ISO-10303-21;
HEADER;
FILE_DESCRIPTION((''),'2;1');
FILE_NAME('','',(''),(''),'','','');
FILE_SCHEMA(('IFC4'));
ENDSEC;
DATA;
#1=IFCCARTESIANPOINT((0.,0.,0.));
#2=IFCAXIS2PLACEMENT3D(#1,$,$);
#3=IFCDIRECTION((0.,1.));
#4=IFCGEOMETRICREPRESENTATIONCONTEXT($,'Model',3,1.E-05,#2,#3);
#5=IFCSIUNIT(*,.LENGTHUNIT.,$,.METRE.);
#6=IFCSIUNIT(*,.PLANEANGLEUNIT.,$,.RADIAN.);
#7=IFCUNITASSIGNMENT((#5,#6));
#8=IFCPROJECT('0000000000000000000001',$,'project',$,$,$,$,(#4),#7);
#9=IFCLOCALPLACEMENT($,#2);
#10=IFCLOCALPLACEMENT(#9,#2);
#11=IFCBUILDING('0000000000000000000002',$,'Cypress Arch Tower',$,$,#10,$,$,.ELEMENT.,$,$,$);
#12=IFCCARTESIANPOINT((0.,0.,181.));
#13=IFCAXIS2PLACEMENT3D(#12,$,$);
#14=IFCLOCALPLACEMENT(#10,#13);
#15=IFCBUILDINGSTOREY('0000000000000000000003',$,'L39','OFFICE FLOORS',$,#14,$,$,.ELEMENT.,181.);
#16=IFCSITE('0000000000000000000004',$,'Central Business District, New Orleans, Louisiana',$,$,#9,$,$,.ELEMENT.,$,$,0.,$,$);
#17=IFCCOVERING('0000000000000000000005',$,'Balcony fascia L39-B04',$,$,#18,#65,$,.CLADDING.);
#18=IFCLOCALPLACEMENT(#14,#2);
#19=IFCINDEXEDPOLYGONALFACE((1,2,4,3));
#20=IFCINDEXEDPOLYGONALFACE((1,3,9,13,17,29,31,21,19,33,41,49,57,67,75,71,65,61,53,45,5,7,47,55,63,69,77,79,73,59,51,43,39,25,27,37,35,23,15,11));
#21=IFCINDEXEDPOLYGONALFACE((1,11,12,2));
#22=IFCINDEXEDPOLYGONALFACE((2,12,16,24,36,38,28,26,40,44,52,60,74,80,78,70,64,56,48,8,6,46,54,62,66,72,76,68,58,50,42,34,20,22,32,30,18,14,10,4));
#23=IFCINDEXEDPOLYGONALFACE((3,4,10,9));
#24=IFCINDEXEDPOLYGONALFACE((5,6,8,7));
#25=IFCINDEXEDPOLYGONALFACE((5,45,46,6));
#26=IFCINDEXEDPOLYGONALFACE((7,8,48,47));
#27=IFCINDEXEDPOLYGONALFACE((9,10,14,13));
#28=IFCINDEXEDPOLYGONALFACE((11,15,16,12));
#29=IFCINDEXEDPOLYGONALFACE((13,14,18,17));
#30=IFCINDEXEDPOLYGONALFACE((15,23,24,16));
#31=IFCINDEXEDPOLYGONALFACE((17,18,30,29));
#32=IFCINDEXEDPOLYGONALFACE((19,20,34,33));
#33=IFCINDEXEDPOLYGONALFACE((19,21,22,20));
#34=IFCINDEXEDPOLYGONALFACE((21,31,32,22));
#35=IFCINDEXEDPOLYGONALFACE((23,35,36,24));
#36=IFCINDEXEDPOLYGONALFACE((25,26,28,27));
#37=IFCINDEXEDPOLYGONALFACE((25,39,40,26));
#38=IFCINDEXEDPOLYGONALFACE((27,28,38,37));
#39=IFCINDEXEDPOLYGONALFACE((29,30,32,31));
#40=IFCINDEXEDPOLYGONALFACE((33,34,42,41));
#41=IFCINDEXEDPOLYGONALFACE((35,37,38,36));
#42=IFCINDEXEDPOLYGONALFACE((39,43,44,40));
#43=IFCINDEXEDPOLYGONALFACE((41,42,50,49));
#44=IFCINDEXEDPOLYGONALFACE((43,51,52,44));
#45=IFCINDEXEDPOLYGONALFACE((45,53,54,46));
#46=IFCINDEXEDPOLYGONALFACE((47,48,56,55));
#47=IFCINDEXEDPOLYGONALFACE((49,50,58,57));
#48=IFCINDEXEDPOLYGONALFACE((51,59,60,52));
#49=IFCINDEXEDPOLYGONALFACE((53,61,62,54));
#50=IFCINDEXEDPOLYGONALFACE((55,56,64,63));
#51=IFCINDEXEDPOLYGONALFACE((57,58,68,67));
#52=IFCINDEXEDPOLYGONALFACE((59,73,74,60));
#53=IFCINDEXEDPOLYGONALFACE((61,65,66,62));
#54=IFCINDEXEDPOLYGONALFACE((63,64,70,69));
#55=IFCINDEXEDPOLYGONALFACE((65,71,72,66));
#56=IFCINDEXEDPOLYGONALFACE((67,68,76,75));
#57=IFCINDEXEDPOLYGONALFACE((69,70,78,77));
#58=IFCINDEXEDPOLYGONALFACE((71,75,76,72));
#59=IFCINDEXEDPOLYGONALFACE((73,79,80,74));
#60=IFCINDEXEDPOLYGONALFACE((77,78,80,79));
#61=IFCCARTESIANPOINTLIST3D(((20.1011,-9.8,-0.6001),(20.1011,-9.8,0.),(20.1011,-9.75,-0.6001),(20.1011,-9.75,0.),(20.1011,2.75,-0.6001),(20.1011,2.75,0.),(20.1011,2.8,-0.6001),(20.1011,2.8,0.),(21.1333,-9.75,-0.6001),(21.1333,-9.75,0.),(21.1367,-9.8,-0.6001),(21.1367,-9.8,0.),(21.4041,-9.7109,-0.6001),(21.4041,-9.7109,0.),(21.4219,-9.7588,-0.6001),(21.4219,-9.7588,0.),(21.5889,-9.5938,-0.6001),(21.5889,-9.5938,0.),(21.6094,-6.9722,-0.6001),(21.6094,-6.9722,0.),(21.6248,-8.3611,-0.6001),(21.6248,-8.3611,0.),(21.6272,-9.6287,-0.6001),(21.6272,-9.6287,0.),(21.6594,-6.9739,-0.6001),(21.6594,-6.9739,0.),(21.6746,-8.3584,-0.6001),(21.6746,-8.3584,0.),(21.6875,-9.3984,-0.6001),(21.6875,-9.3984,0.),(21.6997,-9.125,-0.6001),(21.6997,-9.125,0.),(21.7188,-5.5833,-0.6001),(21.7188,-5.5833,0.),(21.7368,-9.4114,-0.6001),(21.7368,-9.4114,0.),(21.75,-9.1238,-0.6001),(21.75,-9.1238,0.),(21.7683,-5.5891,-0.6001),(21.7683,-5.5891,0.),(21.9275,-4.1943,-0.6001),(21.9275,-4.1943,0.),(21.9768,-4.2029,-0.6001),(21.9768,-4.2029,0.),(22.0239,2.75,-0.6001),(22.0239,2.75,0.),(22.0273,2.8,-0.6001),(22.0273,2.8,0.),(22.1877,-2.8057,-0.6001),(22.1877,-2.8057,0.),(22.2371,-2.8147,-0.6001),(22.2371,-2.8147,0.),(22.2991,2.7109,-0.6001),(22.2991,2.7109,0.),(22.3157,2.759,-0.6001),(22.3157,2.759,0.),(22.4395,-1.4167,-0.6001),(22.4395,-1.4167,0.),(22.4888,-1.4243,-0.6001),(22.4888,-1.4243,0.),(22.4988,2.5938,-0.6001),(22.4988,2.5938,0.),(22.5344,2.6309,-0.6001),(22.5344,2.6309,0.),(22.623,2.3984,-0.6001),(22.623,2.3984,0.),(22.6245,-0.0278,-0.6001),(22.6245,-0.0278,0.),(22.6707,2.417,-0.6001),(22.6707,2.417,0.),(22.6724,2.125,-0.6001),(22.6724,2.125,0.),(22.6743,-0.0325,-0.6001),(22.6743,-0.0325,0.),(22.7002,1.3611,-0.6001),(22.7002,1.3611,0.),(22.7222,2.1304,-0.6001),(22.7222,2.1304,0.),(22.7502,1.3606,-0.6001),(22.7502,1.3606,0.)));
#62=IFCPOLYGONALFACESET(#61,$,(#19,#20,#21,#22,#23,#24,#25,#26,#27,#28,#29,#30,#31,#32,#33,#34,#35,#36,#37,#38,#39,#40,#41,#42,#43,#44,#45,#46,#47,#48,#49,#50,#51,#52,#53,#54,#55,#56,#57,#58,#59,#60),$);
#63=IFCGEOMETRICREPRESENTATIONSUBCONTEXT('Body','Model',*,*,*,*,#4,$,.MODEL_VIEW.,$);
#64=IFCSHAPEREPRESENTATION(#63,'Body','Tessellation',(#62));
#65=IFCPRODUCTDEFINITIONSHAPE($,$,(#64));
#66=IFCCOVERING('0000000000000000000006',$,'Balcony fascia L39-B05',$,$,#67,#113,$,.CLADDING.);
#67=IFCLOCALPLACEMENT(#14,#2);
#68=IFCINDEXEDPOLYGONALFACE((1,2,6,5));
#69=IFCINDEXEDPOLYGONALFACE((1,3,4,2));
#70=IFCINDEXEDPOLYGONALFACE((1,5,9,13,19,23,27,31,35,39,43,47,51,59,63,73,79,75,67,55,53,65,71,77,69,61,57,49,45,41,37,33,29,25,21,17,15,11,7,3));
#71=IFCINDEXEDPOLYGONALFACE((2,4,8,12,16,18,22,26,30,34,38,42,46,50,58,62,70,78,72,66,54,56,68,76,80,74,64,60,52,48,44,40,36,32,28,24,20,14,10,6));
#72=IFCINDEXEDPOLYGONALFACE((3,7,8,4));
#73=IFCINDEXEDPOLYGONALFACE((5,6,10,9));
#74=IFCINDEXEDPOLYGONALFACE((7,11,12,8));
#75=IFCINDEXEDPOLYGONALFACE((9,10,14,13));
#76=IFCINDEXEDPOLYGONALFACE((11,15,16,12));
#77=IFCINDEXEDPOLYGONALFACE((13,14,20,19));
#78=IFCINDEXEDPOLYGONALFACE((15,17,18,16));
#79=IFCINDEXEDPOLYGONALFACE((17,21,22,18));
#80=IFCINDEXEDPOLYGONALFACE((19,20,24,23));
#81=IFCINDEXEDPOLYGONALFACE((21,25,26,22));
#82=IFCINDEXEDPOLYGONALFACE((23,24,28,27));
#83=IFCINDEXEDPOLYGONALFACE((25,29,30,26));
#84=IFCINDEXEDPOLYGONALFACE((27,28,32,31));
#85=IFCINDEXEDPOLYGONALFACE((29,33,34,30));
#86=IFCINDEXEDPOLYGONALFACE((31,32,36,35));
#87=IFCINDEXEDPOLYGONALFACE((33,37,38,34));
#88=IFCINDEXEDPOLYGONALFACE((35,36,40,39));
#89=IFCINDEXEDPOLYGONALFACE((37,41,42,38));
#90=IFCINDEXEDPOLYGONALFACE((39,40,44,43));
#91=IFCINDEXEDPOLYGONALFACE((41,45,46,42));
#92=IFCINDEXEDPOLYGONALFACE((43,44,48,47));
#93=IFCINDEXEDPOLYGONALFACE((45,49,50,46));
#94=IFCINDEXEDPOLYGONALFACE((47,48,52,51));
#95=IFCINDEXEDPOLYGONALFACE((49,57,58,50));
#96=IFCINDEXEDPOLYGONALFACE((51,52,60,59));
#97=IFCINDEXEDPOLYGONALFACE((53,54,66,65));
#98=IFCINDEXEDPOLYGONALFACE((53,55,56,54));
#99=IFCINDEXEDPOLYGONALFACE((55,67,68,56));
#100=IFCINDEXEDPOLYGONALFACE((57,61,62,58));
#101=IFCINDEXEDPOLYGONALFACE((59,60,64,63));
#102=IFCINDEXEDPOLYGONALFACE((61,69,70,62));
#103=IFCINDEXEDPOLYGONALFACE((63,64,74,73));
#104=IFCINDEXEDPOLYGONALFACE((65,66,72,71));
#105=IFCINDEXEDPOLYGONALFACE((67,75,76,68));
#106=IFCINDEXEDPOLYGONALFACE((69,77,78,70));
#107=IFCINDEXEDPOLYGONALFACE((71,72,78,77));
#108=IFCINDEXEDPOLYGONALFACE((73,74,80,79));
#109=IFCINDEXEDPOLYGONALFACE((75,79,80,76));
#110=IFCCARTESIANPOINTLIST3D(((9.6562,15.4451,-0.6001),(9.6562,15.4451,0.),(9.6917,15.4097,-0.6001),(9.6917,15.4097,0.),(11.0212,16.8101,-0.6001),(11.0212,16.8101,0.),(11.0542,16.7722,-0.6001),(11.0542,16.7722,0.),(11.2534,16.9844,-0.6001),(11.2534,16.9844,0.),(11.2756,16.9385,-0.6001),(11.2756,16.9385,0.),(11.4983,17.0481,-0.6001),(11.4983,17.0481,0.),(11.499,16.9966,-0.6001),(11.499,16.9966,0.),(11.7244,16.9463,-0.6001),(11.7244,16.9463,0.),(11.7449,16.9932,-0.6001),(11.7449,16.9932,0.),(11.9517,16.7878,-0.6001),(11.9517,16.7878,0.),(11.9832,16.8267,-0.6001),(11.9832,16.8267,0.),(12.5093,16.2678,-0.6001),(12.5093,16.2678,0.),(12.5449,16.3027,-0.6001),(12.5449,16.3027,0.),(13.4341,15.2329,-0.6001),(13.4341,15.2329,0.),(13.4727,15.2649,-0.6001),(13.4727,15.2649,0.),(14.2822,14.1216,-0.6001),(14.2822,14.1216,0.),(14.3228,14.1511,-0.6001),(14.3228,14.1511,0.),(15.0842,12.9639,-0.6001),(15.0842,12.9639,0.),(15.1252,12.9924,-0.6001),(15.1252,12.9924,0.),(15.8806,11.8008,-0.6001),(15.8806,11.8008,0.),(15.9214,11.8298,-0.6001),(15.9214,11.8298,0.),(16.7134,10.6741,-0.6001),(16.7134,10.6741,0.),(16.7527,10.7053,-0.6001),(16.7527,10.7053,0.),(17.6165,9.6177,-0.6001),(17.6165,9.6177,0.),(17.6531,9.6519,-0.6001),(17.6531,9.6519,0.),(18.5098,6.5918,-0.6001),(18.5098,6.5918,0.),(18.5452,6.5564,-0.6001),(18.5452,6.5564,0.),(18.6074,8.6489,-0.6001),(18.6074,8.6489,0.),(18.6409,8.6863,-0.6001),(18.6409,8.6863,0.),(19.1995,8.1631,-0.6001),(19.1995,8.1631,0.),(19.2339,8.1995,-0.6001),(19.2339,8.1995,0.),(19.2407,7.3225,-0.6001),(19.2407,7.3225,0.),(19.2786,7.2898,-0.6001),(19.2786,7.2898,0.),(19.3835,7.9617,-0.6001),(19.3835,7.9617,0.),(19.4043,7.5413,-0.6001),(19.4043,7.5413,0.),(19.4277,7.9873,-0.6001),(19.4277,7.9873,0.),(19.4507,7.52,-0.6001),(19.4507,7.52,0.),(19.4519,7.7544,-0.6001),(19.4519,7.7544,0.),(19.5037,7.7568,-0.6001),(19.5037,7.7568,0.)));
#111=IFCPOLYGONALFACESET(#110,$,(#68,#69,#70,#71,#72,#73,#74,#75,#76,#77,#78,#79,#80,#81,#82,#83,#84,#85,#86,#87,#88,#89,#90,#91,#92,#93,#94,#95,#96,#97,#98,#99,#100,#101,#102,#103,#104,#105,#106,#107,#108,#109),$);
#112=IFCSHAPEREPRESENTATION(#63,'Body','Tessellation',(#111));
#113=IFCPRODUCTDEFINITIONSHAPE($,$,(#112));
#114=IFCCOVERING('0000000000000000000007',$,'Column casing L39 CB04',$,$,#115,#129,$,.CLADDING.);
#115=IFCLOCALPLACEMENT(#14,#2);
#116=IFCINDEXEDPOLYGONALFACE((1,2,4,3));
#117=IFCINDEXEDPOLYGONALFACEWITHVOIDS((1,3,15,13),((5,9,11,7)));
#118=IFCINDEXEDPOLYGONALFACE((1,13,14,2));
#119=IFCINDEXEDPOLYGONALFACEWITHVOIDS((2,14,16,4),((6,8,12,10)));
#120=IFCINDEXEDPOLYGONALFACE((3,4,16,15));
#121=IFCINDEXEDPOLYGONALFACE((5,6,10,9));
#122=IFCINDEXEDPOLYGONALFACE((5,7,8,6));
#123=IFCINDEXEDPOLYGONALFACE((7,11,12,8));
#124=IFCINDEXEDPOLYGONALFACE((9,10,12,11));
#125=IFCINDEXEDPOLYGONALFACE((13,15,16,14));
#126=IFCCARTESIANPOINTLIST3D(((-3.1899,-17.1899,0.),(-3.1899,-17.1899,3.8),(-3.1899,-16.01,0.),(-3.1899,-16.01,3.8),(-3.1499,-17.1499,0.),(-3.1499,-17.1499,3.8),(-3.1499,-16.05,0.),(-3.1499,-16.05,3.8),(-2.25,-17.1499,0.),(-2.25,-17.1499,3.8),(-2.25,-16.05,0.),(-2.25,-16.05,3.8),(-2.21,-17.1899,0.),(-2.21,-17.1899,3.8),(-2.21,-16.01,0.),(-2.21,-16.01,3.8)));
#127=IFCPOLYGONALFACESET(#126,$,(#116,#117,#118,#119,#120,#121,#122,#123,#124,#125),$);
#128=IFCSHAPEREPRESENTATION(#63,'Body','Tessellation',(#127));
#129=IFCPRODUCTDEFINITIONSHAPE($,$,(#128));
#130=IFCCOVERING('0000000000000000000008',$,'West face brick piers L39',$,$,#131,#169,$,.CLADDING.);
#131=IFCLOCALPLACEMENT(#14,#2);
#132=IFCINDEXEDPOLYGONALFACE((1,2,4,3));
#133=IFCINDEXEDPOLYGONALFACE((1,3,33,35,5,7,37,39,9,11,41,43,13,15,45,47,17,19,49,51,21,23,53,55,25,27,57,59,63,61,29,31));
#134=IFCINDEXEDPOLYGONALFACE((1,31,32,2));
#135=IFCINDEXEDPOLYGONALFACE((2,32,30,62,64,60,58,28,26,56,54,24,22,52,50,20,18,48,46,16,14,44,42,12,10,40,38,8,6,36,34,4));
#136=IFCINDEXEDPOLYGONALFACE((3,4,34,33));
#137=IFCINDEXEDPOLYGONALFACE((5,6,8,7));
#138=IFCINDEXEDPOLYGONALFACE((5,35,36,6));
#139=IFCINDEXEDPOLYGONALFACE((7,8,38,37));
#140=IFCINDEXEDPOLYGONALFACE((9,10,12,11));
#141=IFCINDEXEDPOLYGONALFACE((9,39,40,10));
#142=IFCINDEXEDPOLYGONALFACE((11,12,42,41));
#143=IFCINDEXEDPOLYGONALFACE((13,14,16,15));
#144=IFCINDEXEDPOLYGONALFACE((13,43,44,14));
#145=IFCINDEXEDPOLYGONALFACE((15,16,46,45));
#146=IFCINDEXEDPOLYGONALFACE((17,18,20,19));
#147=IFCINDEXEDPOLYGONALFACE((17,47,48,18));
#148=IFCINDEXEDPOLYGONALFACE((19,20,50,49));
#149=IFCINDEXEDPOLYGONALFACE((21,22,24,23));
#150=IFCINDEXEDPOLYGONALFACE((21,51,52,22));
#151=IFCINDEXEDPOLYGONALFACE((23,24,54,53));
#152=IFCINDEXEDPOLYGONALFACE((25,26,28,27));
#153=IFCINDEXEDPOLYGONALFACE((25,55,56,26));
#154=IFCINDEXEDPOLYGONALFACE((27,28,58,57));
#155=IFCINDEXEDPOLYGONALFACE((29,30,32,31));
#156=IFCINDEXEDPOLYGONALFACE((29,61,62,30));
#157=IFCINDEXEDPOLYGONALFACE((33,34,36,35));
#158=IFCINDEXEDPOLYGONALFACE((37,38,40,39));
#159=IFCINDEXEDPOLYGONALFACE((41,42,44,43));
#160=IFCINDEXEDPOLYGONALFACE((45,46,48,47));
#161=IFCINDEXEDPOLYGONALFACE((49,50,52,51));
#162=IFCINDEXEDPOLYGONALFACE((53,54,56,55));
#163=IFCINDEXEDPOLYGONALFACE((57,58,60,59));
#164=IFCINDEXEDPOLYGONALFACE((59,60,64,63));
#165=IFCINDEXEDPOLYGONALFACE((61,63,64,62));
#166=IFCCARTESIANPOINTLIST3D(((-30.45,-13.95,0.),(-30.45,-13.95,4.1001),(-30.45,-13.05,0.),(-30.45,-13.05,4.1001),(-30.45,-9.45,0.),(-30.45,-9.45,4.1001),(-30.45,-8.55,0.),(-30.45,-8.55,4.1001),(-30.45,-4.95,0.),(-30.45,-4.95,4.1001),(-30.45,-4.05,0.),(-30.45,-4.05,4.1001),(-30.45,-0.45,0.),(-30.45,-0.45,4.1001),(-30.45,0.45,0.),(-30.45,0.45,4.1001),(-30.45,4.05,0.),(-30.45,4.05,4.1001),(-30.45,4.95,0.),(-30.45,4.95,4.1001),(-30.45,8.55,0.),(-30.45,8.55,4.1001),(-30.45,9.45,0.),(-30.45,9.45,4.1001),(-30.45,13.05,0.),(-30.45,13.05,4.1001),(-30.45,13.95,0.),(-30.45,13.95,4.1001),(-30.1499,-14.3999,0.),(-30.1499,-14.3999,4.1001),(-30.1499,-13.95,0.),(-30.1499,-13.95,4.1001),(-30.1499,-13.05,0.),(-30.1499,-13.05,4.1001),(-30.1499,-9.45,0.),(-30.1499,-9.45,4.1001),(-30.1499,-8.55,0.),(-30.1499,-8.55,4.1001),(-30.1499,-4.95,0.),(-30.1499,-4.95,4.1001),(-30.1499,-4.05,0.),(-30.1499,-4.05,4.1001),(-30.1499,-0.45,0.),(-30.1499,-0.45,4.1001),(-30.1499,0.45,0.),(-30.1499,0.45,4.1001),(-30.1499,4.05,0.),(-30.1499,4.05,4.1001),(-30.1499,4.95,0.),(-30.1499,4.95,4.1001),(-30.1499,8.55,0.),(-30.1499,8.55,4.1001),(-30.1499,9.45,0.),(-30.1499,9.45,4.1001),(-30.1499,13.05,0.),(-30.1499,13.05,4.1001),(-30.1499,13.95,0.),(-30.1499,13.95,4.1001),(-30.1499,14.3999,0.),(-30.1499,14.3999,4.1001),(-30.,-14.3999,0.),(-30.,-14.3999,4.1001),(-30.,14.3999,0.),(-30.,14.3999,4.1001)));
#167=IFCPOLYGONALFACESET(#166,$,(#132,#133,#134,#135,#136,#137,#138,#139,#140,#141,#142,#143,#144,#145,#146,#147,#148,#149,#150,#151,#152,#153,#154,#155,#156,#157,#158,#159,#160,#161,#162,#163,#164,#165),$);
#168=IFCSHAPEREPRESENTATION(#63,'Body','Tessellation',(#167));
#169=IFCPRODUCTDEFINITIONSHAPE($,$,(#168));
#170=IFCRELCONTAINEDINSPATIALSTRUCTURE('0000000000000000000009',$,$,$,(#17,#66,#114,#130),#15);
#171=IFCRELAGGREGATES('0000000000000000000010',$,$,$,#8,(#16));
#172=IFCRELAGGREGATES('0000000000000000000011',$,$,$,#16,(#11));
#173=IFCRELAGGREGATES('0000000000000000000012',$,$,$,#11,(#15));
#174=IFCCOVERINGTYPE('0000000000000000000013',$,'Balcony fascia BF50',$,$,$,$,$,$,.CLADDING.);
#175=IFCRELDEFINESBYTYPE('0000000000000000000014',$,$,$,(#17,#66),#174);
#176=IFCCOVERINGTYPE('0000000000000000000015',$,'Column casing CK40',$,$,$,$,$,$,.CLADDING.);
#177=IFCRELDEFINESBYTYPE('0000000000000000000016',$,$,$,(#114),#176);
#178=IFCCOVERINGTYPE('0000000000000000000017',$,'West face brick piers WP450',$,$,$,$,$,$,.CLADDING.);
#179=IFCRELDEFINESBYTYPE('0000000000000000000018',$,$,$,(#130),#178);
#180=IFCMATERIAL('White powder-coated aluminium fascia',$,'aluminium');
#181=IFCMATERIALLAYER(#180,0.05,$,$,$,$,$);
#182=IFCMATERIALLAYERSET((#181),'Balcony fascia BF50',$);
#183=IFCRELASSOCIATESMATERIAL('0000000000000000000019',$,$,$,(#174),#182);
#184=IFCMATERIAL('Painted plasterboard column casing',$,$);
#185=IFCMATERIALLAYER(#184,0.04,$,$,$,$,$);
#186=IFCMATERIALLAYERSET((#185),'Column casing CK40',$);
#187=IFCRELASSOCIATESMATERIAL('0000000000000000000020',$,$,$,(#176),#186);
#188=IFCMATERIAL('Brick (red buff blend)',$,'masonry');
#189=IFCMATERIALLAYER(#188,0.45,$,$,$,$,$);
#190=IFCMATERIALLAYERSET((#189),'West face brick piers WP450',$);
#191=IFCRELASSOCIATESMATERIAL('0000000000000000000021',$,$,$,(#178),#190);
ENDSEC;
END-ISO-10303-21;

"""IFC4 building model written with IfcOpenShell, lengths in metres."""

from ifc_helpers import new_model, si_unit, direction, frame, origin, place, context, subcontext, project, spatial, polyline, outline, extrude, material, layer, layer_set, type_object, element, save


model = new_model("IFC4")

# Units and contexts
model_context = context("Model", 3, precision=1e-05, world=origin(), true_north=direction((0.0, 1.0)))
body_context = subcontext(model_context, "Body", "Model", "MODEL_VIEW")
ifc_project = project(units=[si_unit("LENGTHUNIT", "METRE"), si_unit("PLANEANGLEUNIT", "RADIAN")], contexts=[model_context])

# Site, building, storey
site_placement = place(None, origin())
site = spatial("IfcSite", under=ifc_project, at=site_placement, Name="Central Business District, New Orleans, Louisiana", CompositionType="ELEMENT", RefElevation=0.0)
building_placement = place(site_placement, origin())
building = spatial("IfcBuilding", under=site, at=building_placement, Name="Cypress Arch Tower", CompositionType="ELEMENT")
storey_placement = place(building_placement, frame((0.0, 0.0, 181.0)))
storey = spatial("IfcBuildingStorey", under=building, at=storey_placement, Name="L39", Description="OFFICE FLOORS", CompositionType="ELEMENT", Elevation=181.0)

# Coverings
ifc_material_1 = material(Name="White powder-coated aluminium fascia", Category="aluminium")
ifc_layer_1 = layer(ifc_material_1, 0.05)
ifc_layer_set_1 = layer_set([ifc_layer_1], Name="Balcony fascia BF50")
covering_type_1 = type_object("IfcCoveringType", Name="Balcony fascia BF50", PredefinedType="CLADDING", material=ifc_layer_set_1)
covering_1_placement = place(storey_placement, frame((0.0, 0.0, -0.6001)))
element("IfcCovering", 1, at=covering_1_placement, inside=storey, type_object=covering_type_1, Name="Balcony fascia L39-B04", PredefinedType="CLADDING", context=body_context, shape_type="SweptSolid", body=[
    extrude(outline(polyline([(22.0273, 2.8), (22.3157, 2.759), (22.5344, 2.6309), (22.6707, 2.417), (22.7222, 2.1304), (22.7502, 1.3606), (22.6743, -0.0325), (22.4888, -1.4243), (22.2371, -2.8147), (21.9768, -4.2029), (21.7683, -5.5891), (21.6594, -6.9739), (21.6746, -8.3584), (21.75, -9.1238), (21.7368, -9.4114), (21.6272, -9.6287), (21.4219, -9.7588), (21.1367, -9.8), (20.1011, -9.8), (20.1011, -9.75), (21.1333, -9.75), (21.4041, -9.7109), (21.5889, -9.5938), (21.6875, -9.3984), (21.6997, -9.125), (21.6248, -8.3611), (21.6094, -6.9722), (21.7188, -5.5833), (21.9275, -4.1943), (22.1877, -2.8057), (22.4395, -1.4167), (22.6245, -0.0278), (22.7002, 1.3611), (22.6724, 2.125), (22.623, 2.3984), (22.4988, 2.5938), (22.2991, 2.7109), (22.0239, 2.75), (20.1011, 2.75), (20.1011, 2.8), (22.0273, 2.8)])), origin(), (0.0, 0.0, 1.0), 0.6001),
])
covering_2_placement = place(storey_placement, frame((0.0, 0.0, -0.6001)))
element("IfcCovering", 2, at=covering_2_placement, inside=storey, type_object=covering_type_1, Name="Balcony fascia L39-B05", PredefinedType="CLADDING", context=body_context, shape_type="SweptSolid", body=[
    extrude(outline(polyline([(11.0212, 16.8101), (11.2534, 16.9844), (11.4983, 17.0481), (11.7449, 16.9932), (11.9832, 16.8267), (12.5449, 16.3027), (13.4727, 15.2649), (14.3228, 14.1511), (15.1252, 12.9924), (15.9214, 11.8298), (16.7527, 10.7053), (17.6531, 9.6519), (18.6409, 8.6863), (19.2339, 8.1995), (19.4277, 7.9873), (19.5037, 7.7568), (19.4507, 7.52), (19.2786, 7.2898), (18.5452, 6.5564), (18.5098, 6.5918), (19.2407, 7.3225), (19.4043, 7.5413), (19.4519, 7.7544), (19.3835, 7.9617), (19.1995, 8.1631), (18.6074, 8.6489), (17.6165, 9.6177), (16.7134, 10.6741), (15.8806, 11.8008), (15.0842, 12.9639), (14.2822, 14.1216), (13.4341, 15.2329), (12.5093, 16.2678), (11.9517, 16.7878), (11.7244, 16.9463), (11.499, 16.9966), (11.2756, 16.9385), (11.0542, 16.7722), (9.6917, 15.4097), (9.6562, 15.4451), (11.0212, 16.8101)])), origin(), (0.0, 0.0, 1.0), 0.6001),
])
ifc_material_2 = material(Name="Painted plasterboard column casing")
ifc_layer_2 = layer(ifc_material_2, 0.04)
ifc_layer_set_2 = layer_set([ifc_layer_2], Name="Column casing CK40")
covering_type_2 = type_object("IfcCoveringType", Name="Column casing CK40", PredefinedType="CLADDING", material=ifc_layer_set_2)
covering_3_placement = place(storey_placement, origin())
element("IfcCovering", 3, at=covering_3_placement, inside=storey, type_object=covering_type_2, Name="Column casing L39 CB04", PredefinedType="CLADDING", context=body_context, shape_type="SweptSolid", body=[
    extrude(outline(polyline([(-3.1899, -17.1899), (-3.1899, -16.01), (-2.21, -16.01), (-2.21, -17.1899), (-3.1899, -17.1899)]), holes=[polyline([(-3.1499, -17.1499), (-2.25, -17.1499), (-2.25, -16.05), (-3.1499, -16.05), (-3.1499, -17.1499)])]), origin(), (0.0, 0.0, 1.0), 3.8),
])
ifc_material_3 = material(Name="Brick (red buff blend)", Category="masonry")
ifc_layer_3 = layer(ifc_material_3, 0.45)
ifc_layer_set_3 = layer_set([ifc_layer_3], Name="West face brick piers WP450")
covering_type_3 = type_object("IfcCoveringType", Name="West face brick piers WP450", PredefinedType="CLADDING", material=ifc_layer_set_3)
covering_4_placement = place(storey_placement, origin())
element("IfcCovering", 4, at=covering_4_placement, inside=storey, type_object=covering_type_3, Name="West face brick piers L39", PredefinedType="CLADDING", context=body_context, shape_type="SweptSolid", body=[
    extrude(outline(polyline([(-30.1499, -13.05), (-30.1499, -9.45), (-30.45, -9.45), (-30.45, -8.55), (-30.1499, -8.55), (-30.1499, -4.95), (-30.45, -4.95), (-30.45, -4.05), (-30.1499, -4.05), (-30.1499, -0.45), (-30.45, -0.45), (-30.45, 0.45), (-30.1499, 0.45), (-30.1499, 4.05), (-30.45, 4.05), (-30.45, 4.95), (-30.1499, 4.95), (-30.1499, 8.55), (-30.45, 8.55), (-30.45, 9.45), (-30.1499, 9.45), (-30.1499, 13.05), (-30.45, 13.05), (-30.45, 13.95), (-30.1499, 13.95), (-30.1499, 14.3999), (-30.0, 14.3999), (-30.0, -14.3999), (-30.1499, -14.3999), (-30.1499, -13.95), (-30.45, -13.95), (-30.45, -13.05), (-30.1499, -13.05)])), origin(), (0.0, 0.0, 1.0), 4.1001),
])

save(model, "model.ifc")
